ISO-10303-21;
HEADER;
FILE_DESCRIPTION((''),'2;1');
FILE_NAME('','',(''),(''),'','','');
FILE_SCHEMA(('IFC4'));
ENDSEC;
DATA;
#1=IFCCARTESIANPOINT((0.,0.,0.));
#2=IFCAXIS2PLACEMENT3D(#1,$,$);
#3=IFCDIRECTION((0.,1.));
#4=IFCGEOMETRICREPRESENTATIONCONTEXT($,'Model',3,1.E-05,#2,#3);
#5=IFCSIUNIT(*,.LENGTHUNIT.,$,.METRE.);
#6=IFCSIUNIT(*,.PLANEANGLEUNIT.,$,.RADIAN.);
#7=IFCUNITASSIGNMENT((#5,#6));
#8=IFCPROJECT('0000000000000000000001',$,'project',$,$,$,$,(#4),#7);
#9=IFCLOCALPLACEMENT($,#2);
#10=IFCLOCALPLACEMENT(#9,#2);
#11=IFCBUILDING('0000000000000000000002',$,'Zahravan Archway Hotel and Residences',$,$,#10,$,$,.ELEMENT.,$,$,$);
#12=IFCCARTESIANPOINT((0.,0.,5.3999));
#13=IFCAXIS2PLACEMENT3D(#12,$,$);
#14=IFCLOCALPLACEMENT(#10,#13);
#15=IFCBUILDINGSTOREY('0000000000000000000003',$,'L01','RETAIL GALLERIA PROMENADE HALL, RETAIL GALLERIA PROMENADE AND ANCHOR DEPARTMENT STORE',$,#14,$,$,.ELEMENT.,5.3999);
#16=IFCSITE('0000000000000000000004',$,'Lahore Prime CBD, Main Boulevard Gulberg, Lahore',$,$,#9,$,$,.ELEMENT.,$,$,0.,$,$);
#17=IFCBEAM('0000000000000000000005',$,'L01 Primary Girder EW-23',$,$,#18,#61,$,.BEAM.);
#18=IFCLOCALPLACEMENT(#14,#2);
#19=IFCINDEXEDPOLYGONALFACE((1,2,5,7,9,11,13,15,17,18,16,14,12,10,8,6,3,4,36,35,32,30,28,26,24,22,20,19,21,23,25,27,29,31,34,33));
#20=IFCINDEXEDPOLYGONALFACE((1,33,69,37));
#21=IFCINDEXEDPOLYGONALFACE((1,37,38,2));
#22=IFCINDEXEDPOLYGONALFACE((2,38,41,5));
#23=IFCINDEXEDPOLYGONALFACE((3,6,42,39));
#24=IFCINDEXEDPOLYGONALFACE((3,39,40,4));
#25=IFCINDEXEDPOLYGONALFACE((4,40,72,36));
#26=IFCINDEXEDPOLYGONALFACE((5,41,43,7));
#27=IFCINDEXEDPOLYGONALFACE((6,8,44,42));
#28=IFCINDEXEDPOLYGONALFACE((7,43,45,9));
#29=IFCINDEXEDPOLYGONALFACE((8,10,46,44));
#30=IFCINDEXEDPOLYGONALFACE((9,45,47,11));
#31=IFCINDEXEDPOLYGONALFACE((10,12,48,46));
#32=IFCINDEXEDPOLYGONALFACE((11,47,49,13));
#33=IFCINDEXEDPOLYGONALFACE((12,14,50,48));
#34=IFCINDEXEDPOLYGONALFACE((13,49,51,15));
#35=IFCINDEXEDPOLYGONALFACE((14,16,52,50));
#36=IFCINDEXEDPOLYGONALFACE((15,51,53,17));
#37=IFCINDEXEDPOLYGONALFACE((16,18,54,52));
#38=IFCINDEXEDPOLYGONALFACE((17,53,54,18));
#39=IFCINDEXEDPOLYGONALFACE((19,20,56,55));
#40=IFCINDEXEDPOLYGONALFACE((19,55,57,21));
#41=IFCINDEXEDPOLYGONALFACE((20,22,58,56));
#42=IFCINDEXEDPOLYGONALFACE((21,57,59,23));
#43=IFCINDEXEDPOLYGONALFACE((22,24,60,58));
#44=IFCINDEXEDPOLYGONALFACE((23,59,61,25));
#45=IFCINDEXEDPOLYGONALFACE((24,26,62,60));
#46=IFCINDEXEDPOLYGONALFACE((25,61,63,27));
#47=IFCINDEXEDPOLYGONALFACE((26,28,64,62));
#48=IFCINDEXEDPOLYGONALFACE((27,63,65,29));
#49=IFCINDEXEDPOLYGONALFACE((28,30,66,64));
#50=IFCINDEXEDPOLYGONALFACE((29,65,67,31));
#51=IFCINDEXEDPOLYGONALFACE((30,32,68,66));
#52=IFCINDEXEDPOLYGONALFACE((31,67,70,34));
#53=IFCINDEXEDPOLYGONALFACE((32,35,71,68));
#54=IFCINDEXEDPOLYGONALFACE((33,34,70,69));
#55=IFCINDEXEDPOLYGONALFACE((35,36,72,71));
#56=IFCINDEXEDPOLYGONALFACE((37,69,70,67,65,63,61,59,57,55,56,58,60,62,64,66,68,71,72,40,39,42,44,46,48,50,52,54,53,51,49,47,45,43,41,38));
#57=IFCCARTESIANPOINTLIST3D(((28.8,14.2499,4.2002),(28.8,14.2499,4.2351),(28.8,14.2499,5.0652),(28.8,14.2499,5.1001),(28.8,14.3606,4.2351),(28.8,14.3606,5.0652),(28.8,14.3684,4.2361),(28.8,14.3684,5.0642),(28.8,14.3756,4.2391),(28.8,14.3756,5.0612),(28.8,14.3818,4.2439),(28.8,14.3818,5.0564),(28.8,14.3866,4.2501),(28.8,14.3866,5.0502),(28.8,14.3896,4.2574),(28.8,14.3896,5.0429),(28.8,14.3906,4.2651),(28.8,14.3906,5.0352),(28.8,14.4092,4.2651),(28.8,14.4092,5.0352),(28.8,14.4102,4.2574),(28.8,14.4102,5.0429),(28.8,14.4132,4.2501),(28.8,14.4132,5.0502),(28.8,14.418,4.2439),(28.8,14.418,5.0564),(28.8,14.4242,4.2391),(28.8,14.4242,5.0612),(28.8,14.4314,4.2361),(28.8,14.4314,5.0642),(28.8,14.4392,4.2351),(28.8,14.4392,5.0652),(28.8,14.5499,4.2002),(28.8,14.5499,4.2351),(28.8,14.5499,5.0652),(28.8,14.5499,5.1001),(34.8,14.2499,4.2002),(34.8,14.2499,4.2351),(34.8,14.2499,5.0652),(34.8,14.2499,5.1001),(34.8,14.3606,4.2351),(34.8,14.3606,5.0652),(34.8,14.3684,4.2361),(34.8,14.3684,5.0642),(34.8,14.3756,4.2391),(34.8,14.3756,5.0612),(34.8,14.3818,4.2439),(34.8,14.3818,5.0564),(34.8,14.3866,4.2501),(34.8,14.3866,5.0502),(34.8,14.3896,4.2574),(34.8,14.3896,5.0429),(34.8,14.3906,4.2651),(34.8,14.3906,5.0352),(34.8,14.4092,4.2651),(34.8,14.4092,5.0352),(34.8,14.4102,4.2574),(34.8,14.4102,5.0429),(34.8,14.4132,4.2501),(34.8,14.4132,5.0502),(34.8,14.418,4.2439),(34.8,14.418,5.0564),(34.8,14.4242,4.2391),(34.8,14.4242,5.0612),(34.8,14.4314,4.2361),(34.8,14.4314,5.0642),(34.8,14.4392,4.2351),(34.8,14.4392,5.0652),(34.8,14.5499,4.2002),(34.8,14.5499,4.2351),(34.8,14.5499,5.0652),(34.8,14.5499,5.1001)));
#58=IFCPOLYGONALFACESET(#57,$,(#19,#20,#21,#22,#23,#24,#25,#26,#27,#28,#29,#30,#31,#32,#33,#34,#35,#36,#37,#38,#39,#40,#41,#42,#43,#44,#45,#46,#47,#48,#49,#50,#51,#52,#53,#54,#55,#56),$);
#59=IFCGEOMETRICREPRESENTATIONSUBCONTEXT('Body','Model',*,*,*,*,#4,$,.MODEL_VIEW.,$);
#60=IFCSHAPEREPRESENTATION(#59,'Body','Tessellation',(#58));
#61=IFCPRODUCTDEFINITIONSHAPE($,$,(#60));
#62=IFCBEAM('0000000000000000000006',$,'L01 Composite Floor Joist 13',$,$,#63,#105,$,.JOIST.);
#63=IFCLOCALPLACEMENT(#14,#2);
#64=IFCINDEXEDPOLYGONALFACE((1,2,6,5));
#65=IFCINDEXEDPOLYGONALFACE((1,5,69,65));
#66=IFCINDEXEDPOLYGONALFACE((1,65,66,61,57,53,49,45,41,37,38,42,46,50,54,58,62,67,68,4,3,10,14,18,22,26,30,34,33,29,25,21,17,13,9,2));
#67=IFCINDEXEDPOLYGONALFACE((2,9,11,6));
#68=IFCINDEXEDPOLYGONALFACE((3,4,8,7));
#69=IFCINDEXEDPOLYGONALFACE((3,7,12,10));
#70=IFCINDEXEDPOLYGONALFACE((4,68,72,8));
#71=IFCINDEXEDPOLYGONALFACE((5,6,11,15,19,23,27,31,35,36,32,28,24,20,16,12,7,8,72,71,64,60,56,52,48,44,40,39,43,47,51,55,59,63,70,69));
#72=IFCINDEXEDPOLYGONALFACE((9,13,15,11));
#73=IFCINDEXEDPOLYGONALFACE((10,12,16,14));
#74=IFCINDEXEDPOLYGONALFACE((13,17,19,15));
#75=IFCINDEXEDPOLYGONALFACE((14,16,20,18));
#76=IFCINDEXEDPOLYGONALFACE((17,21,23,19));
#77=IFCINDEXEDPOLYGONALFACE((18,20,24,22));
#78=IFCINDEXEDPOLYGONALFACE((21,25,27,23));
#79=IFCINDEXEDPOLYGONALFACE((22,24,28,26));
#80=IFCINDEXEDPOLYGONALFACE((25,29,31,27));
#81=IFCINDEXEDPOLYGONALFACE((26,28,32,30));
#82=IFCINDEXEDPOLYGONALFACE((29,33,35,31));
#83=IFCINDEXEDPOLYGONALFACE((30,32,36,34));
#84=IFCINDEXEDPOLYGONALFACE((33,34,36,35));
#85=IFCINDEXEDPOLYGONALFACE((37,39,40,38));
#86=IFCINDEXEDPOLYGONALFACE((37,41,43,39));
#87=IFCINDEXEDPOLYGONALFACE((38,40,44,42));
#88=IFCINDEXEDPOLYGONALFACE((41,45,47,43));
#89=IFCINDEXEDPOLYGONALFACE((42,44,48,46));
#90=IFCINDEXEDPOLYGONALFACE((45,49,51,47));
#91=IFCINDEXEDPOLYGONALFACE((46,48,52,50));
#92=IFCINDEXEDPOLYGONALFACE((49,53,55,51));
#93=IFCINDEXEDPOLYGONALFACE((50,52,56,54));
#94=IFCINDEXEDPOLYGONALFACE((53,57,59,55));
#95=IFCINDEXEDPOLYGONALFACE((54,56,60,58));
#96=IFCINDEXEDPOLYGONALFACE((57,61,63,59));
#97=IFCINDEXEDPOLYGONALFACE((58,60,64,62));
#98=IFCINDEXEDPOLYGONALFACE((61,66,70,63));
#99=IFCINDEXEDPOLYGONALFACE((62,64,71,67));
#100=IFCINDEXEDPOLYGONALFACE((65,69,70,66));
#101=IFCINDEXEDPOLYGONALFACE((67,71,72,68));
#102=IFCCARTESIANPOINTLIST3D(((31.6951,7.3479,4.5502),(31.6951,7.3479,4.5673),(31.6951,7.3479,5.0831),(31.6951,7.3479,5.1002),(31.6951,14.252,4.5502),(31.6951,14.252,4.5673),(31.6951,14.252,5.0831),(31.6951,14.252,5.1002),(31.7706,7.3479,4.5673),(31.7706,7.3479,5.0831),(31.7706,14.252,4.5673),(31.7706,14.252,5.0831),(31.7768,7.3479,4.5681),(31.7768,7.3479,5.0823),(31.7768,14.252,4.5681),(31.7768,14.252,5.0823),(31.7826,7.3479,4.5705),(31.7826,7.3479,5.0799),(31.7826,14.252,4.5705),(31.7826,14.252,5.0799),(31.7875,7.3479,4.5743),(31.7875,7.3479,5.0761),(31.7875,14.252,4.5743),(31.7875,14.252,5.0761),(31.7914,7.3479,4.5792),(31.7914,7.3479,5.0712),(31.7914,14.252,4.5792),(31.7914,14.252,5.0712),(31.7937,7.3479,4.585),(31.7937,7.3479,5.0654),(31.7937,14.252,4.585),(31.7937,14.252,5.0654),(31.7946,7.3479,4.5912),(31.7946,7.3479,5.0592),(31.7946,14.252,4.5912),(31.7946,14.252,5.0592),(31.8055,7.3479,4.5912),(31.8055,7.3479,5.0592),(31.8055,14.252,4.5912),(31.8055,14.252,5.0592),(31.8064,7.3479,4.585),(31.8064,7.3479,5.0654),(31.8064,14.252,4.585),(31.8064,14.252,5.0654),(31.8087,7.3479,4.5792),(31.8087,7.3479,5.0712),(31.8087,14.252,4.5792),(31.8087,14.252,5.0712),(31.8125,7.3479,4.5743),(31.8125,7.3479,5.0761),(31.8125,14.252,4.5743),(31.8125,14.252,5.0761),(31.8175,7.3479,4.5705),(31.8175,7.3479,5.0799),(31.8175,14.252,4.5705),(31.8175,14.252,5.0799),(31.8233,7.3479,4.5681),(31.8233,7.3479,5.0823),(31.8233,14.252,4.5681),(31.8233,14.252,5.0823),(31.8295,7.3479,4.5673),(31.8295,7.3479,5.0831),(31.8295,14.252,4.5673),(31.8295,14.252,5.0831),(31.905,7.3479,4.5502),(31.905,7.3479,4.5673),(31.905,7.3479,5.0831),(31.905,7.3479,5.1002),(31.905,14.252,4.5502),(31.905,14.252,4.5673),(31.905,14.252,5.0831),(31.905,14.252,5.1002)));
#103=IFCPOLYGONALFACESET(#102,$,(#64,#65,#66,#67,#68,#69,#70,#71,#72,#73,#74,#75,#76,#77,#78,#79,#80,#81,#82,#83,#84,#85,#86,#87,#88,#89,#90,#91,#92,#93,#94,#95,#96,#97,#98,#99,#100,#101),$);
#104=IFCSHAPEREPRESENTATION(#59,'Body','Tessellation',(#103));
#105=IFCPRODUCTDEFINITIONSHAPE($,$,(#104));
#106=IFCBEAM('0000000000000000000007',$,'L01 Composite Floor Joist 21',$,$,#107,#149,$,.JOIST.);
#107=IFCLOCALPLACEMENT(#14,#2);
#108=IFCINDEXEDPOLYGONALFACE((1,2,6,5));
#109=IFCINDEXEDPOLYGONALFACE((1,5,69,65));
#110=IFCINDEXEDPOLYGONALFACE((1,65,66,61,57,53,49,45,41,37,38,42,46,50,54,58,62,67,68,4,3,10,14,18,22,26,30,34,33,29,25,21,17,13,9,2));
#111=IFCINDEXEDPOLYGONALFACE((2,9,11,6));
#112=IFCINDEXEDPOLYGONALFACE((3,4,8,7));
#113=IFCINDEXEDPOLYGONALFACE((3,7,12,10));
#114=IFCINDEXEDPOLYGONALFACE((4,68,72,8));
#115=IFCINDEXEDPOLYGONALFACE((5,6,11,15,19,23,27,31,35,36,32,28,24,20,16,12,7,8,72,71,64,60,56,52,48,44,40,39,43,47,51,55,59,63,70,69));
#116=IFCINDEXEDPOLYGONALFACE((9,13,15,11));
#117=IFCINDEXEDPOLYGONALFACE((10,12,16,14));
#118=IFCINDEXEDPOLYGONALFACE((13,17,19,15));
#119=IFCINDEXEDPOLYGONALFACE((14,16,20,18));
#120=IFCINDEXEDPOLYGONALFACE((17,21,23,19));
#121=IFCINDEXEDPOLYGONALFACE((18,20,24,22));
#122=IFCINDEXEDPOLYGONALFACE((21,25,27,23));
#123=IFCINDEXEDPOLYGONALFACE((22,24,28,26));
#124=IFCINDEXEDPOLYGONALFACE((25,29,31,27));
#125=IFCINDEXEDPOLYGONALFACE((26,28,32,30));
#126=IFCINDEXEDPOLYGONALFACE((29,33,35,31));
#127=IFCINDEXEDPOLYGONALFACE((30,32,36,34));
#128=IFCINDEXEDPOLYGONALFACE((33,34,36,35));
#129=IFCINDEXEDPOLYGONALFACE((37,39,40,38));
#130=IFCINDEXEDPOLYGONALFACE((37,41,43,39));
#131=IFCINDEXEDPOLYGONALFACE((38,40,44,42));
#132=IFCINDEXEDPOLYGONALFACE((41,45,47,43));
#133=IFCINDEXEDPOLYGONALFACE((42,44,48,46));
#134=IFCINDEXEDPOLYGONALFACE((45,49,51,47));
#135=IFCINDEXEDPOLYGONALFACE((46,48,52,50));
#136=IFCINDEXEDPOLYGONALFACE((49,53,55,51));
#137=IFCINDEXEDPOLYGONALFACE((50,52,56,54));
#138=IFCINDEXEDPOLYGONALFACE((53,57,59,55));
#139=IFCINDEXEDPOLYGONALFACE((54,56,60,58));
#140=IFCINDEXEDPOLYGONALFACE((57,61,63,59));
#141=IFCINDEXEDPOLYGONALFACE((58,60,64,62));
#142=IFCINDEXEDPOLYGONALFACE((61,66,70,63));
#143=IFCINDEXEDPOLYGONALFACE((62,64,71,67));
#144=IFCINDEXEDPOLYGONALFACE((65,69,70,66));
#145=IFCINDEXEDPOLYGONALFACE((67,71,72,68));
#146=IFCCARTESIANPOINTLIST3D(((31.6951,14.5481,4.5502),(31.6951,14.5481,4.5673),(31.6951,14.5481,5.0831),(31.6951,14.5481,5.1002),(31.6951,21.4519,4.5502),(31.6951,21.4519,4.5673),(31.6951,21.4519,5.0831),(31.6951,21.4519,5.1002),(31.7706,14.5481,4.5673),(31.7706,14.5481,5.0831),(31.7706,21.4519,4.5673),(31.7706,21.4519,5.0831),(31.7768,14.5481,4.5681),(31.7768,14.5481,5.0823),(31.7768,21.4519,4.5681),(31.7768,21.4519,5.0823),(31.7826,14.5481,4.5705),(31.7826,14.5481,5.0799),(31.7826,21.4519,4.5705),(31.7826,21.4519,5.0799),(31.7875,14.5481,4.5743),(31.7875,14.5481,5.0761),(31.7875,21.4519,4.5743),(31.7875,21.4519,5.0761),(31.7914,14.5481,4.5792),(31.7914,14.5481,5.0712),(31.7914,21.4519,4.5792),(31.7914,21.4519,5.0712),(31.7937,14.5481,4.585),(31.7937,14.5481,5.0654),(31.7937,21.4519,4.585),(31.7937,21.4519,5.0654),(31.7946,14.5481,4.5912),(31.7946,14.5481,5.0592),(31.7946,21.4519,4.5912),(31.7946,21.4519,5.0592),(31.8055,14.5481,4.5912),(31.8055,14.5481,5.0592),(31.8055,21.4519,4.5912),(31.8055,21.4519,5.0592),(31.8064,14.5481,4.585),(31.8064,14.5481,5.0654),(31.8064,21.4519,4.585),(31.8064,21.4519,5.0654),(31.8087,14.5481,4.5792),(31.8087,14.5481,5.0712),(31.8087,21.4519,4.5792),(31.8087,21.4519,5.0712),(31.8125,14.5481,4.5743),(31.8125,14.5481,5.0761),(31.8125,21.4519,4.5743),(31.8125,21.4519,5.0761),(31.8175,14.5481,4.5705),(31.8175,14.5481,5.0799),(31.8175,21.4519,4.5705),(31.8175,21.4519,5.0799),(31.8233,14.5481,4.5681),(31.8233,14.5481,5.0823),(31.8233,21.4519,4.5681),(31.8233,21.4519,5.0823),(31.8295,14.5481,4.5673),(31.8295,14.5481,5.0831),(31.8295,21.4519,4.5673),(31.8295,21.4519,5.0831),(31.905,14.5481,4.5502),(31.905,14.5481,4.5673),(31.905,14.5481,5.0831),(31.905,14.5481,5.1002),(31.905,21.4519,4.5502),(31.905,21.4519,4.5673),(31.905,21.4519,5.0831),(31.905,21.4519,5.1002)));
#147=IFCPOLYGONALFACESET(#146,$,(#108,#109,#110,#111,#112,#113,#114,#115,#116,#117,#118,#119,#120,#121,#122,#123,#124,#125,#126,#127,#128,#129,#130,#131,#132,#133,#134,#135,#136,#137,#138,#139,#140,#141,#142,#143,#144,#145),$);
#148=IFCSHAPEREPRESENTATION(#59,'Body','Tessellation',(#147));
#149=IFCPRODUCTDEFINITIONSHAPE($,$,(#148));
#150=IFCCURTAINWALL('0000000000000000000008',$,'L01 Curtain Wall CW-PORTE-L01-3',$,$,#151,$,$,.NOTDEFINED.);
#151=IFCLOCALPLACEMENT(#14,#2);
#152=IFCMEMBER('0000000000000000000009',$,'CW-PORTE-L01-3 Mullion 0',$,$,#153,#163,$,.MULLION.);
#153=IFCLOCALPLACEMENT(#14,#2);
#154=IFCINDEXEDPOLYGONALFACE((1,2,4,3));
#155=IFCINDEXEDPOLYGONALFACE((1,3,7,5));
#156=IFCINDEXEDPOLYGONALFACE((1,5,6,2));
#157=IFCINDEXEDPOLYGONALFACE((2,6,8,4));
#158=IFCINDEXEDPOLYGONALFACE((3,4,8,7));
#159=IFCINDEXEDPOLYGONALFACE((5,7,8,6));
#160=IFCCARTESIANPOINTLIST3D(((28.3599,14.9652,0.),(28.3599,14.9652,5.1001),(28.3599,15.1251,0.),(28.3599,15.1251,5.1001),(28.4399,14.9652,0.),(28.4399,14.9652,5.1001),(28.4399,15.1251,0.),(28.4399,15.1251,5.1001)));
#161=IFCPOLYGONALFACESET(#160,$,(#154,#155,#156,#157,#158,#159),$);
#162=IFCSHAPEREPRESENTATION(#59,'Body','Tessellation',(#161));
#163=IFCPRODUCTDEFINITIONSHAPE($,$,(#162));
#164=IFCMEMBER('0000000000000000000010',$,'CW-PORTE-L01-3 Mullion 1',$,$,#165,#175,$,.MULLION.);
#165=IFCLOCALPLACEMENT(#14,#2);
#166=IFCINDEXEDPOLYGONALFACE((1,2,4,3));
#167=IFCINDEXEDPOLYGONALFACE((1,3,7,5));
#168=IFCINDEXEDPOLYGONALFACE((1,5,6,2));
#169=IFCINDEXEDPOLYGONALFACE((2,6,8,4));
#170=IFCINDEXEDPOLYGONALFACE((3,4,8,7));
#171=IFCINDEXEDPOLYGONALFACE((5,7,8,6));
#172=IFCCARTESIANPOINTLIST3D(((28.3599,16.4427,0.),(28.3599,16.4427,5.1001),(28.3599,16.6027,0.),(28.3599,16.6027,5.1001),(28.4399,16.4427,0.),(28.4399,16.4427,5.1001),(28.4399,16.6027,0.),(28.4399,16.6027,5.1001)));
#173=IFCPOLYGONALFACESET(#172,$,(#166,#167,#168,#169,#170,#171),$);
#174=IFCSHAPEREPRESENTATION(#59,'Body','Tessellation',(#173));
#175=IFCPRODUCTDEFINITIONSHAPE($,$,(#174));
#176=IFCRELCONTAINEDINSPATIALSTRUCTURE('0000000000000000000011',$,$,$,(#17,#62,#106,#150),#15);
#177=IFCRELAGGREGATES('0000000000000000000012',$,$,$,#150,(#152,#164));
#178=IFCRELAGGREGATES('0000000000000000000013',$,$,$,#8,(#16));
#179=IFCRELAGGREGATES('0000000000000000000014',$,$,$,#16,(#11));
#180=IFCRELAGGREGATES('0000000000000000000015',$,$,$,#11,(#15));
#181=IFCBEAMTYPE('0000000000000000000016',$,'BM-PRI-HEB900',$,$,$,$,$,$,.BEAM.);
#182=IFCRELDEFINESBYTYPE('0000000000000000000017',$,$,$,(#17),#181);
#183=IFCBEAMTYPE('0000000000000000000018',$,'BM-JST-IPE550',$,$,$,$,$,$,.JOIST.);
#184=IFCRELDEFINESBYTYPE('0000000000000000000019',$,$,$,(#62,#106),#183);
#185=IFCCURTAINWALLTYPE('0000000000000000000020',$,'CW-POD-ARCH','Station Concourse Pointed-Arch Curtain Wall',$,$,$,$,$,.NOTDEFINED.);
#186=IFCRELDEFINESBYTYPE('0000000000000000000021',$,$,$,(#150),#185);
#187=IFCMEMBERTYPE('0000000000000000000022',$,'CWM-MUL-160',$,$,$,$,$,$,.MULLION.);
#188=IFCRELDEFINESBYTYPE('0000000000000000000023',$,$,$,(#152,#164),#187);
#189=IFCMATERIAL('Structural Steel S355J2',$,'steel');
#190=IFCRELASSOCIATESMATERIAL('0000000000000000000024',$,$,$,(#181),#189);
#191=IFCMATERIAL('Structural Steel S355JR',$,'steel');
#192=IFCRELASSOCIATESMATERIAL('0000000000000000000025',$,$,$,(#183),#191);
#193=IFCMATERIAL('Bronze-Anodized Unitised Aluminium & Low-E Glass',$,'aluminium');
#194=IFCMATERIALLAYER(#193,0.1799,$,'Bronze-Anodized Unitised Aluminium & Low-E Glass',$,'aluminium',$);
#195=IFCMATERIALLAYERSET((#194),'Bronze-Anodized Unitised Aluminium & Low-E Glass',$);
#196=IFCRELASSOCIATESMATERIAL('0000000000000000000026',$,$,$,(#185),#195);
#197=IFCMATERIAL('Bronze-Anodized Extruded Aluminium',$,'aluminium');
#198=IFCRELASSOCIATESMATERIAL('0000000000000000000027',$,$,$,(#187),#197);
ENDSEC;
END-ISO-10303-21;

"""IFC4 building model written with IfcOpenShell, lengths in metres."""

from ifc_helpers import new_model, si_unit, direction, frame, origin, origin_2d, place, context, subcontext, project, spatial, rectangle, i_section, extrude, source, transform, mapped, material, layer, layer_set, material_profile, profile_set, type_object, type_shapes, element, aggregate, save


model = new_model("IFC4")

# Units and contexts
model_context = context("Model", 3, precision=1e-05, world=origin(), true_north=direction((0.0, 1.0)))
body_context = subcontext(model_context, "Body", "Model", "MODEL_VIEW")
ifc_project = project(units=[si_unit("LENGTHUNIT", "METRE"), si_unit("PLANEANGLEUNIT", "RADIAN")], contexts=[model_context])

# Site, building, storey
site_placement = place(None, origin())
site = spatial("IfcSite", under=ifc_project, at=site_placement, Name="Lahore Prime CBD, Main Boulevard Gulberg, Lahore", CompositionType="ELEMENT", RefElevation=0.0)
building_placement = place(site_placement, origin())
building = spatial("IfcBuilding", under=site, at=building_placement, Name="Zahravan Archway Hotel and Residences", CompositionType="ELEMENT")
storey_placement = place(building_placement, frame((0.0, 0.0, 5.3999)))
storey = spatial("IfcBuildingStorey", under=building, at=storey_placement, Name="L01", Description="RETAIL GALLERIA PROMENADE HALL, RETAIL GALLERIA PROMENADE AND ANCHOR DEPARTMENT STORE", CompositionType="ELEMENT", Elevation=5.3999)

# Beams
ifc_material_1 = material(Name="Structural Steel S355J2", Category="steel")
ifc_material_profile_1 = material_profile(ifc_material_1, i_section(OverallWidth=0.3, OverallDepth=0.8999, WebThickness=0.0186, FlangeThickness=0.0349, FilletRadius=0.03, at=origin_2d()), Name="HEB 900", Category="steel")
ifc_profile_set_1 = profile_set([ifc_material_profile_1], Name="Structural Steel S355J2")
beam_type_1 = type_object("IfcBeamType", Name="BM-PRI-HEB900", PredefinedType="BEAM", material=ifc_profile_set_1)
shared_shape_1 = source(origin(), body_context, "Body", "SweptSolid", [
    extrude(i_section(OverallWidth=0.3, OverallDepth=0.8999, WebThickness=0.0186, FlangeThickness=0.0349, FilletRadius=0.03, at=origin_2d()), origin(), (0.0, 0.0, 1.0), 6.0),
])
beam_1_placement = place(storey_placement, frame((28.8, 14.3999, 4.6501), z_axis=(1.0, 0.0, 0.0), x_axis=(0.0, 1.0, 0.0)))
element("IfcBeam", 1, at=beam_1_placement, inside=storey, type_object=beam_type_1, Name="L01 Primary Girder EW-23", PredefinedType="BEAM", context=body_context, shape_type="MappedRepresentation", body=[
    mapped(shared_shape_1, transform((0.0, 0.0, 0.0), scale=1.0)),
])
ifc_material_2 = material(Name="Structural Steel S355JR", Category="steel")
ifc_material_profile_2 = material_profile(ifc_material_2, i_section(OverallWidth=0.21, OverallDepth=0.55, WebThickness=0.011, FlangeThickness=0.0171, FilletRadius=0.0239, at=origin_2d()), Name="IPE 550", Category="steel")
ifc_profile_set_2 = profile_set([ifc_material_profile_2], Name="Structural Steel S355JR")
beam_type_2 = type_object("IfcBeamType", Name="BM-JST-IPE550", PredefinedType="JOIST", material=ifc_profile_set_2)
shared_shape_2 = source(origin(), body_context, "Body", "SweptSolid", [
    extrude(i_section(OverallWidth=0.21, OverallDepth=0.55, WebThickness=0.011, FlangeThickness=0.0171, FilletRadius=0.0239, at=origin_2d()), origin(), (0.0, 0.0, 1.0), 6.9041),
])
type_shapes(beam_type_2, [shared_shape_2])
beam_2_placement = place(storey_placement, frame((31.8, 7.3479, 4.8252), z_axis=(0.0, 1.0, 0.0), x_axis=(-1.0, 0.0, 0.0)))
element("IfcBeam", 2, at=beam_2_placement, inside=storey, type_object=beam_type_2, Name="L01 Composite Floor Joist 13", PredefinedType="JOIST", context=body_context, shape_type="MappedRepresentation", body=[
    mapped(shared_shape_2, transform((0.0, 0.0, 0.0), scale=1.0)),
])
shared_shape_3 = source(origin(), body_context, "Body", "SweptSolid", [
    extrude(i_section(OverallWidth=0.21, OverallDepth=0.55, WebThickness=0.011, FlangeThickness=0.0171, FilletRadius=0.0239, at=origin_2d()), origin(), (0.0, 0.0, 1.0), 6.9038),
])
beam_3_placement = place(storey_placement, frame((31.8, 14.5481, 4.8252), z_axis=(0.0, 1.0, 0.0), x_axis=(-1.0, 0.0, 0.0)))
element("IfcBeam", 3, at=beam_3_placement, inside=storey, type_object=beam_type_2, Name="L01 Composite Floor Joist 21", PredefinedType="JOIST", context=body_context, shape_type="MappedRepresentation", body=[
    mapped(shared_shape_3, transform((0.0, 0.0, 0.0), scale=1.0)),
])

# Curtain wall, members
ifc_material_3 = material(Name="Bronze-Anodized Unitised Aluminium & Low-E Glass", Category="aluminium")
ifc_layer_1 = layer(ifc_material_3, 0.1799, Name="Bronze-Anodized Unitised Aluminium & Low-E Glass", Category="aluminium")
ifc_layer_set_1 = layer_set([ifc_layer_1], Name="Bronze-Anodized Unitised Aluminium & Low-E Glass")
curtain_wall_type = type_object("IfcCurtainWallType", Name="CW-POD-ARCH", Description="Station Concourse Pointed-Arch Curtain Wall", PredefinedType="NOTDEFINED", material=ifc_layer_set_1)
curtain_wall_placement = place(storey_placement, origin())
curtain_wall = element("IfcCurtainWall", 4, at=curtain_wall_placement, inside=storey, type_object=curtain_wall_type, Name="L01 Curtain Wall CW-PORTE-L01-3", PredefinedType="NOTDEFINED")
ifc_material_4 = material(Name="Bronze-Anodized Extruded Aluminium", Category="aluminium")
ifc_material_profile_3 = material_profile(ifc_material_4, rectangle(XDim=0.0801, YDim=0.1599, at=origin_2d()), Name="MUL 80x160", Category="aluminium")
ifc_profile_set_3 = profile_set([ifc_material_profile_3], Name="Bronze-Anodized Extruded Aluminium")
member_type_1 = type_object("IfcMemberType", Name="CWM-MUL-160", PredefinedType="MULLION", material=ifc_profile_set_3)
shared_shape_4 = source(origin(), body_context, "Body", "SweptSolid", [
    extrude(rectangle(XDim=0.0801, YDim=0.1599, at=origin_2d()), origin(), (0.0, 0.0, 1.0), 5.1001),
])
member_1_placement = place(storey_placement, frame((28.3999, 15.0452, 0.0), z_axis=(0.0, 0.0, 1.0), x_axis=(1.0, 0.0, 0.0)))
member_1 = element("IfcMember", 5, at=member_1_placement, type_object=member_type_1, Name="CW-PORTE-L01-3 Mullion 0", PredefinedType="MULLION", context=body_context, shape_type="MappedRepresentation", body=[
    mapped(shared_shape_4, transform((0.0, 0.0, 0.0), scale=1.0)),
])
member_2_placement = place(storey_placement, frame((28.3999, 16.5227, 0.0), z_axis=(0.0, 0.0, 1.0), x_axis=(1.0, 0.0, 0.0)))
member_2 = element("IfcMember", 6, at=member_2_placement, type_object=member_type_1, Name="CW-PORTE-L01-3 Mullion 1", PredefinedType="MULLION", context=body_context, shape_type="MappedRepresentation", body=[
    mapped(shared_shape_4, transform((0.0, 0.0, 0.0), scale=1.0)),
])
aggregate(curtain_wall, [member_1, member_2])

save(model, "model.ifc")
